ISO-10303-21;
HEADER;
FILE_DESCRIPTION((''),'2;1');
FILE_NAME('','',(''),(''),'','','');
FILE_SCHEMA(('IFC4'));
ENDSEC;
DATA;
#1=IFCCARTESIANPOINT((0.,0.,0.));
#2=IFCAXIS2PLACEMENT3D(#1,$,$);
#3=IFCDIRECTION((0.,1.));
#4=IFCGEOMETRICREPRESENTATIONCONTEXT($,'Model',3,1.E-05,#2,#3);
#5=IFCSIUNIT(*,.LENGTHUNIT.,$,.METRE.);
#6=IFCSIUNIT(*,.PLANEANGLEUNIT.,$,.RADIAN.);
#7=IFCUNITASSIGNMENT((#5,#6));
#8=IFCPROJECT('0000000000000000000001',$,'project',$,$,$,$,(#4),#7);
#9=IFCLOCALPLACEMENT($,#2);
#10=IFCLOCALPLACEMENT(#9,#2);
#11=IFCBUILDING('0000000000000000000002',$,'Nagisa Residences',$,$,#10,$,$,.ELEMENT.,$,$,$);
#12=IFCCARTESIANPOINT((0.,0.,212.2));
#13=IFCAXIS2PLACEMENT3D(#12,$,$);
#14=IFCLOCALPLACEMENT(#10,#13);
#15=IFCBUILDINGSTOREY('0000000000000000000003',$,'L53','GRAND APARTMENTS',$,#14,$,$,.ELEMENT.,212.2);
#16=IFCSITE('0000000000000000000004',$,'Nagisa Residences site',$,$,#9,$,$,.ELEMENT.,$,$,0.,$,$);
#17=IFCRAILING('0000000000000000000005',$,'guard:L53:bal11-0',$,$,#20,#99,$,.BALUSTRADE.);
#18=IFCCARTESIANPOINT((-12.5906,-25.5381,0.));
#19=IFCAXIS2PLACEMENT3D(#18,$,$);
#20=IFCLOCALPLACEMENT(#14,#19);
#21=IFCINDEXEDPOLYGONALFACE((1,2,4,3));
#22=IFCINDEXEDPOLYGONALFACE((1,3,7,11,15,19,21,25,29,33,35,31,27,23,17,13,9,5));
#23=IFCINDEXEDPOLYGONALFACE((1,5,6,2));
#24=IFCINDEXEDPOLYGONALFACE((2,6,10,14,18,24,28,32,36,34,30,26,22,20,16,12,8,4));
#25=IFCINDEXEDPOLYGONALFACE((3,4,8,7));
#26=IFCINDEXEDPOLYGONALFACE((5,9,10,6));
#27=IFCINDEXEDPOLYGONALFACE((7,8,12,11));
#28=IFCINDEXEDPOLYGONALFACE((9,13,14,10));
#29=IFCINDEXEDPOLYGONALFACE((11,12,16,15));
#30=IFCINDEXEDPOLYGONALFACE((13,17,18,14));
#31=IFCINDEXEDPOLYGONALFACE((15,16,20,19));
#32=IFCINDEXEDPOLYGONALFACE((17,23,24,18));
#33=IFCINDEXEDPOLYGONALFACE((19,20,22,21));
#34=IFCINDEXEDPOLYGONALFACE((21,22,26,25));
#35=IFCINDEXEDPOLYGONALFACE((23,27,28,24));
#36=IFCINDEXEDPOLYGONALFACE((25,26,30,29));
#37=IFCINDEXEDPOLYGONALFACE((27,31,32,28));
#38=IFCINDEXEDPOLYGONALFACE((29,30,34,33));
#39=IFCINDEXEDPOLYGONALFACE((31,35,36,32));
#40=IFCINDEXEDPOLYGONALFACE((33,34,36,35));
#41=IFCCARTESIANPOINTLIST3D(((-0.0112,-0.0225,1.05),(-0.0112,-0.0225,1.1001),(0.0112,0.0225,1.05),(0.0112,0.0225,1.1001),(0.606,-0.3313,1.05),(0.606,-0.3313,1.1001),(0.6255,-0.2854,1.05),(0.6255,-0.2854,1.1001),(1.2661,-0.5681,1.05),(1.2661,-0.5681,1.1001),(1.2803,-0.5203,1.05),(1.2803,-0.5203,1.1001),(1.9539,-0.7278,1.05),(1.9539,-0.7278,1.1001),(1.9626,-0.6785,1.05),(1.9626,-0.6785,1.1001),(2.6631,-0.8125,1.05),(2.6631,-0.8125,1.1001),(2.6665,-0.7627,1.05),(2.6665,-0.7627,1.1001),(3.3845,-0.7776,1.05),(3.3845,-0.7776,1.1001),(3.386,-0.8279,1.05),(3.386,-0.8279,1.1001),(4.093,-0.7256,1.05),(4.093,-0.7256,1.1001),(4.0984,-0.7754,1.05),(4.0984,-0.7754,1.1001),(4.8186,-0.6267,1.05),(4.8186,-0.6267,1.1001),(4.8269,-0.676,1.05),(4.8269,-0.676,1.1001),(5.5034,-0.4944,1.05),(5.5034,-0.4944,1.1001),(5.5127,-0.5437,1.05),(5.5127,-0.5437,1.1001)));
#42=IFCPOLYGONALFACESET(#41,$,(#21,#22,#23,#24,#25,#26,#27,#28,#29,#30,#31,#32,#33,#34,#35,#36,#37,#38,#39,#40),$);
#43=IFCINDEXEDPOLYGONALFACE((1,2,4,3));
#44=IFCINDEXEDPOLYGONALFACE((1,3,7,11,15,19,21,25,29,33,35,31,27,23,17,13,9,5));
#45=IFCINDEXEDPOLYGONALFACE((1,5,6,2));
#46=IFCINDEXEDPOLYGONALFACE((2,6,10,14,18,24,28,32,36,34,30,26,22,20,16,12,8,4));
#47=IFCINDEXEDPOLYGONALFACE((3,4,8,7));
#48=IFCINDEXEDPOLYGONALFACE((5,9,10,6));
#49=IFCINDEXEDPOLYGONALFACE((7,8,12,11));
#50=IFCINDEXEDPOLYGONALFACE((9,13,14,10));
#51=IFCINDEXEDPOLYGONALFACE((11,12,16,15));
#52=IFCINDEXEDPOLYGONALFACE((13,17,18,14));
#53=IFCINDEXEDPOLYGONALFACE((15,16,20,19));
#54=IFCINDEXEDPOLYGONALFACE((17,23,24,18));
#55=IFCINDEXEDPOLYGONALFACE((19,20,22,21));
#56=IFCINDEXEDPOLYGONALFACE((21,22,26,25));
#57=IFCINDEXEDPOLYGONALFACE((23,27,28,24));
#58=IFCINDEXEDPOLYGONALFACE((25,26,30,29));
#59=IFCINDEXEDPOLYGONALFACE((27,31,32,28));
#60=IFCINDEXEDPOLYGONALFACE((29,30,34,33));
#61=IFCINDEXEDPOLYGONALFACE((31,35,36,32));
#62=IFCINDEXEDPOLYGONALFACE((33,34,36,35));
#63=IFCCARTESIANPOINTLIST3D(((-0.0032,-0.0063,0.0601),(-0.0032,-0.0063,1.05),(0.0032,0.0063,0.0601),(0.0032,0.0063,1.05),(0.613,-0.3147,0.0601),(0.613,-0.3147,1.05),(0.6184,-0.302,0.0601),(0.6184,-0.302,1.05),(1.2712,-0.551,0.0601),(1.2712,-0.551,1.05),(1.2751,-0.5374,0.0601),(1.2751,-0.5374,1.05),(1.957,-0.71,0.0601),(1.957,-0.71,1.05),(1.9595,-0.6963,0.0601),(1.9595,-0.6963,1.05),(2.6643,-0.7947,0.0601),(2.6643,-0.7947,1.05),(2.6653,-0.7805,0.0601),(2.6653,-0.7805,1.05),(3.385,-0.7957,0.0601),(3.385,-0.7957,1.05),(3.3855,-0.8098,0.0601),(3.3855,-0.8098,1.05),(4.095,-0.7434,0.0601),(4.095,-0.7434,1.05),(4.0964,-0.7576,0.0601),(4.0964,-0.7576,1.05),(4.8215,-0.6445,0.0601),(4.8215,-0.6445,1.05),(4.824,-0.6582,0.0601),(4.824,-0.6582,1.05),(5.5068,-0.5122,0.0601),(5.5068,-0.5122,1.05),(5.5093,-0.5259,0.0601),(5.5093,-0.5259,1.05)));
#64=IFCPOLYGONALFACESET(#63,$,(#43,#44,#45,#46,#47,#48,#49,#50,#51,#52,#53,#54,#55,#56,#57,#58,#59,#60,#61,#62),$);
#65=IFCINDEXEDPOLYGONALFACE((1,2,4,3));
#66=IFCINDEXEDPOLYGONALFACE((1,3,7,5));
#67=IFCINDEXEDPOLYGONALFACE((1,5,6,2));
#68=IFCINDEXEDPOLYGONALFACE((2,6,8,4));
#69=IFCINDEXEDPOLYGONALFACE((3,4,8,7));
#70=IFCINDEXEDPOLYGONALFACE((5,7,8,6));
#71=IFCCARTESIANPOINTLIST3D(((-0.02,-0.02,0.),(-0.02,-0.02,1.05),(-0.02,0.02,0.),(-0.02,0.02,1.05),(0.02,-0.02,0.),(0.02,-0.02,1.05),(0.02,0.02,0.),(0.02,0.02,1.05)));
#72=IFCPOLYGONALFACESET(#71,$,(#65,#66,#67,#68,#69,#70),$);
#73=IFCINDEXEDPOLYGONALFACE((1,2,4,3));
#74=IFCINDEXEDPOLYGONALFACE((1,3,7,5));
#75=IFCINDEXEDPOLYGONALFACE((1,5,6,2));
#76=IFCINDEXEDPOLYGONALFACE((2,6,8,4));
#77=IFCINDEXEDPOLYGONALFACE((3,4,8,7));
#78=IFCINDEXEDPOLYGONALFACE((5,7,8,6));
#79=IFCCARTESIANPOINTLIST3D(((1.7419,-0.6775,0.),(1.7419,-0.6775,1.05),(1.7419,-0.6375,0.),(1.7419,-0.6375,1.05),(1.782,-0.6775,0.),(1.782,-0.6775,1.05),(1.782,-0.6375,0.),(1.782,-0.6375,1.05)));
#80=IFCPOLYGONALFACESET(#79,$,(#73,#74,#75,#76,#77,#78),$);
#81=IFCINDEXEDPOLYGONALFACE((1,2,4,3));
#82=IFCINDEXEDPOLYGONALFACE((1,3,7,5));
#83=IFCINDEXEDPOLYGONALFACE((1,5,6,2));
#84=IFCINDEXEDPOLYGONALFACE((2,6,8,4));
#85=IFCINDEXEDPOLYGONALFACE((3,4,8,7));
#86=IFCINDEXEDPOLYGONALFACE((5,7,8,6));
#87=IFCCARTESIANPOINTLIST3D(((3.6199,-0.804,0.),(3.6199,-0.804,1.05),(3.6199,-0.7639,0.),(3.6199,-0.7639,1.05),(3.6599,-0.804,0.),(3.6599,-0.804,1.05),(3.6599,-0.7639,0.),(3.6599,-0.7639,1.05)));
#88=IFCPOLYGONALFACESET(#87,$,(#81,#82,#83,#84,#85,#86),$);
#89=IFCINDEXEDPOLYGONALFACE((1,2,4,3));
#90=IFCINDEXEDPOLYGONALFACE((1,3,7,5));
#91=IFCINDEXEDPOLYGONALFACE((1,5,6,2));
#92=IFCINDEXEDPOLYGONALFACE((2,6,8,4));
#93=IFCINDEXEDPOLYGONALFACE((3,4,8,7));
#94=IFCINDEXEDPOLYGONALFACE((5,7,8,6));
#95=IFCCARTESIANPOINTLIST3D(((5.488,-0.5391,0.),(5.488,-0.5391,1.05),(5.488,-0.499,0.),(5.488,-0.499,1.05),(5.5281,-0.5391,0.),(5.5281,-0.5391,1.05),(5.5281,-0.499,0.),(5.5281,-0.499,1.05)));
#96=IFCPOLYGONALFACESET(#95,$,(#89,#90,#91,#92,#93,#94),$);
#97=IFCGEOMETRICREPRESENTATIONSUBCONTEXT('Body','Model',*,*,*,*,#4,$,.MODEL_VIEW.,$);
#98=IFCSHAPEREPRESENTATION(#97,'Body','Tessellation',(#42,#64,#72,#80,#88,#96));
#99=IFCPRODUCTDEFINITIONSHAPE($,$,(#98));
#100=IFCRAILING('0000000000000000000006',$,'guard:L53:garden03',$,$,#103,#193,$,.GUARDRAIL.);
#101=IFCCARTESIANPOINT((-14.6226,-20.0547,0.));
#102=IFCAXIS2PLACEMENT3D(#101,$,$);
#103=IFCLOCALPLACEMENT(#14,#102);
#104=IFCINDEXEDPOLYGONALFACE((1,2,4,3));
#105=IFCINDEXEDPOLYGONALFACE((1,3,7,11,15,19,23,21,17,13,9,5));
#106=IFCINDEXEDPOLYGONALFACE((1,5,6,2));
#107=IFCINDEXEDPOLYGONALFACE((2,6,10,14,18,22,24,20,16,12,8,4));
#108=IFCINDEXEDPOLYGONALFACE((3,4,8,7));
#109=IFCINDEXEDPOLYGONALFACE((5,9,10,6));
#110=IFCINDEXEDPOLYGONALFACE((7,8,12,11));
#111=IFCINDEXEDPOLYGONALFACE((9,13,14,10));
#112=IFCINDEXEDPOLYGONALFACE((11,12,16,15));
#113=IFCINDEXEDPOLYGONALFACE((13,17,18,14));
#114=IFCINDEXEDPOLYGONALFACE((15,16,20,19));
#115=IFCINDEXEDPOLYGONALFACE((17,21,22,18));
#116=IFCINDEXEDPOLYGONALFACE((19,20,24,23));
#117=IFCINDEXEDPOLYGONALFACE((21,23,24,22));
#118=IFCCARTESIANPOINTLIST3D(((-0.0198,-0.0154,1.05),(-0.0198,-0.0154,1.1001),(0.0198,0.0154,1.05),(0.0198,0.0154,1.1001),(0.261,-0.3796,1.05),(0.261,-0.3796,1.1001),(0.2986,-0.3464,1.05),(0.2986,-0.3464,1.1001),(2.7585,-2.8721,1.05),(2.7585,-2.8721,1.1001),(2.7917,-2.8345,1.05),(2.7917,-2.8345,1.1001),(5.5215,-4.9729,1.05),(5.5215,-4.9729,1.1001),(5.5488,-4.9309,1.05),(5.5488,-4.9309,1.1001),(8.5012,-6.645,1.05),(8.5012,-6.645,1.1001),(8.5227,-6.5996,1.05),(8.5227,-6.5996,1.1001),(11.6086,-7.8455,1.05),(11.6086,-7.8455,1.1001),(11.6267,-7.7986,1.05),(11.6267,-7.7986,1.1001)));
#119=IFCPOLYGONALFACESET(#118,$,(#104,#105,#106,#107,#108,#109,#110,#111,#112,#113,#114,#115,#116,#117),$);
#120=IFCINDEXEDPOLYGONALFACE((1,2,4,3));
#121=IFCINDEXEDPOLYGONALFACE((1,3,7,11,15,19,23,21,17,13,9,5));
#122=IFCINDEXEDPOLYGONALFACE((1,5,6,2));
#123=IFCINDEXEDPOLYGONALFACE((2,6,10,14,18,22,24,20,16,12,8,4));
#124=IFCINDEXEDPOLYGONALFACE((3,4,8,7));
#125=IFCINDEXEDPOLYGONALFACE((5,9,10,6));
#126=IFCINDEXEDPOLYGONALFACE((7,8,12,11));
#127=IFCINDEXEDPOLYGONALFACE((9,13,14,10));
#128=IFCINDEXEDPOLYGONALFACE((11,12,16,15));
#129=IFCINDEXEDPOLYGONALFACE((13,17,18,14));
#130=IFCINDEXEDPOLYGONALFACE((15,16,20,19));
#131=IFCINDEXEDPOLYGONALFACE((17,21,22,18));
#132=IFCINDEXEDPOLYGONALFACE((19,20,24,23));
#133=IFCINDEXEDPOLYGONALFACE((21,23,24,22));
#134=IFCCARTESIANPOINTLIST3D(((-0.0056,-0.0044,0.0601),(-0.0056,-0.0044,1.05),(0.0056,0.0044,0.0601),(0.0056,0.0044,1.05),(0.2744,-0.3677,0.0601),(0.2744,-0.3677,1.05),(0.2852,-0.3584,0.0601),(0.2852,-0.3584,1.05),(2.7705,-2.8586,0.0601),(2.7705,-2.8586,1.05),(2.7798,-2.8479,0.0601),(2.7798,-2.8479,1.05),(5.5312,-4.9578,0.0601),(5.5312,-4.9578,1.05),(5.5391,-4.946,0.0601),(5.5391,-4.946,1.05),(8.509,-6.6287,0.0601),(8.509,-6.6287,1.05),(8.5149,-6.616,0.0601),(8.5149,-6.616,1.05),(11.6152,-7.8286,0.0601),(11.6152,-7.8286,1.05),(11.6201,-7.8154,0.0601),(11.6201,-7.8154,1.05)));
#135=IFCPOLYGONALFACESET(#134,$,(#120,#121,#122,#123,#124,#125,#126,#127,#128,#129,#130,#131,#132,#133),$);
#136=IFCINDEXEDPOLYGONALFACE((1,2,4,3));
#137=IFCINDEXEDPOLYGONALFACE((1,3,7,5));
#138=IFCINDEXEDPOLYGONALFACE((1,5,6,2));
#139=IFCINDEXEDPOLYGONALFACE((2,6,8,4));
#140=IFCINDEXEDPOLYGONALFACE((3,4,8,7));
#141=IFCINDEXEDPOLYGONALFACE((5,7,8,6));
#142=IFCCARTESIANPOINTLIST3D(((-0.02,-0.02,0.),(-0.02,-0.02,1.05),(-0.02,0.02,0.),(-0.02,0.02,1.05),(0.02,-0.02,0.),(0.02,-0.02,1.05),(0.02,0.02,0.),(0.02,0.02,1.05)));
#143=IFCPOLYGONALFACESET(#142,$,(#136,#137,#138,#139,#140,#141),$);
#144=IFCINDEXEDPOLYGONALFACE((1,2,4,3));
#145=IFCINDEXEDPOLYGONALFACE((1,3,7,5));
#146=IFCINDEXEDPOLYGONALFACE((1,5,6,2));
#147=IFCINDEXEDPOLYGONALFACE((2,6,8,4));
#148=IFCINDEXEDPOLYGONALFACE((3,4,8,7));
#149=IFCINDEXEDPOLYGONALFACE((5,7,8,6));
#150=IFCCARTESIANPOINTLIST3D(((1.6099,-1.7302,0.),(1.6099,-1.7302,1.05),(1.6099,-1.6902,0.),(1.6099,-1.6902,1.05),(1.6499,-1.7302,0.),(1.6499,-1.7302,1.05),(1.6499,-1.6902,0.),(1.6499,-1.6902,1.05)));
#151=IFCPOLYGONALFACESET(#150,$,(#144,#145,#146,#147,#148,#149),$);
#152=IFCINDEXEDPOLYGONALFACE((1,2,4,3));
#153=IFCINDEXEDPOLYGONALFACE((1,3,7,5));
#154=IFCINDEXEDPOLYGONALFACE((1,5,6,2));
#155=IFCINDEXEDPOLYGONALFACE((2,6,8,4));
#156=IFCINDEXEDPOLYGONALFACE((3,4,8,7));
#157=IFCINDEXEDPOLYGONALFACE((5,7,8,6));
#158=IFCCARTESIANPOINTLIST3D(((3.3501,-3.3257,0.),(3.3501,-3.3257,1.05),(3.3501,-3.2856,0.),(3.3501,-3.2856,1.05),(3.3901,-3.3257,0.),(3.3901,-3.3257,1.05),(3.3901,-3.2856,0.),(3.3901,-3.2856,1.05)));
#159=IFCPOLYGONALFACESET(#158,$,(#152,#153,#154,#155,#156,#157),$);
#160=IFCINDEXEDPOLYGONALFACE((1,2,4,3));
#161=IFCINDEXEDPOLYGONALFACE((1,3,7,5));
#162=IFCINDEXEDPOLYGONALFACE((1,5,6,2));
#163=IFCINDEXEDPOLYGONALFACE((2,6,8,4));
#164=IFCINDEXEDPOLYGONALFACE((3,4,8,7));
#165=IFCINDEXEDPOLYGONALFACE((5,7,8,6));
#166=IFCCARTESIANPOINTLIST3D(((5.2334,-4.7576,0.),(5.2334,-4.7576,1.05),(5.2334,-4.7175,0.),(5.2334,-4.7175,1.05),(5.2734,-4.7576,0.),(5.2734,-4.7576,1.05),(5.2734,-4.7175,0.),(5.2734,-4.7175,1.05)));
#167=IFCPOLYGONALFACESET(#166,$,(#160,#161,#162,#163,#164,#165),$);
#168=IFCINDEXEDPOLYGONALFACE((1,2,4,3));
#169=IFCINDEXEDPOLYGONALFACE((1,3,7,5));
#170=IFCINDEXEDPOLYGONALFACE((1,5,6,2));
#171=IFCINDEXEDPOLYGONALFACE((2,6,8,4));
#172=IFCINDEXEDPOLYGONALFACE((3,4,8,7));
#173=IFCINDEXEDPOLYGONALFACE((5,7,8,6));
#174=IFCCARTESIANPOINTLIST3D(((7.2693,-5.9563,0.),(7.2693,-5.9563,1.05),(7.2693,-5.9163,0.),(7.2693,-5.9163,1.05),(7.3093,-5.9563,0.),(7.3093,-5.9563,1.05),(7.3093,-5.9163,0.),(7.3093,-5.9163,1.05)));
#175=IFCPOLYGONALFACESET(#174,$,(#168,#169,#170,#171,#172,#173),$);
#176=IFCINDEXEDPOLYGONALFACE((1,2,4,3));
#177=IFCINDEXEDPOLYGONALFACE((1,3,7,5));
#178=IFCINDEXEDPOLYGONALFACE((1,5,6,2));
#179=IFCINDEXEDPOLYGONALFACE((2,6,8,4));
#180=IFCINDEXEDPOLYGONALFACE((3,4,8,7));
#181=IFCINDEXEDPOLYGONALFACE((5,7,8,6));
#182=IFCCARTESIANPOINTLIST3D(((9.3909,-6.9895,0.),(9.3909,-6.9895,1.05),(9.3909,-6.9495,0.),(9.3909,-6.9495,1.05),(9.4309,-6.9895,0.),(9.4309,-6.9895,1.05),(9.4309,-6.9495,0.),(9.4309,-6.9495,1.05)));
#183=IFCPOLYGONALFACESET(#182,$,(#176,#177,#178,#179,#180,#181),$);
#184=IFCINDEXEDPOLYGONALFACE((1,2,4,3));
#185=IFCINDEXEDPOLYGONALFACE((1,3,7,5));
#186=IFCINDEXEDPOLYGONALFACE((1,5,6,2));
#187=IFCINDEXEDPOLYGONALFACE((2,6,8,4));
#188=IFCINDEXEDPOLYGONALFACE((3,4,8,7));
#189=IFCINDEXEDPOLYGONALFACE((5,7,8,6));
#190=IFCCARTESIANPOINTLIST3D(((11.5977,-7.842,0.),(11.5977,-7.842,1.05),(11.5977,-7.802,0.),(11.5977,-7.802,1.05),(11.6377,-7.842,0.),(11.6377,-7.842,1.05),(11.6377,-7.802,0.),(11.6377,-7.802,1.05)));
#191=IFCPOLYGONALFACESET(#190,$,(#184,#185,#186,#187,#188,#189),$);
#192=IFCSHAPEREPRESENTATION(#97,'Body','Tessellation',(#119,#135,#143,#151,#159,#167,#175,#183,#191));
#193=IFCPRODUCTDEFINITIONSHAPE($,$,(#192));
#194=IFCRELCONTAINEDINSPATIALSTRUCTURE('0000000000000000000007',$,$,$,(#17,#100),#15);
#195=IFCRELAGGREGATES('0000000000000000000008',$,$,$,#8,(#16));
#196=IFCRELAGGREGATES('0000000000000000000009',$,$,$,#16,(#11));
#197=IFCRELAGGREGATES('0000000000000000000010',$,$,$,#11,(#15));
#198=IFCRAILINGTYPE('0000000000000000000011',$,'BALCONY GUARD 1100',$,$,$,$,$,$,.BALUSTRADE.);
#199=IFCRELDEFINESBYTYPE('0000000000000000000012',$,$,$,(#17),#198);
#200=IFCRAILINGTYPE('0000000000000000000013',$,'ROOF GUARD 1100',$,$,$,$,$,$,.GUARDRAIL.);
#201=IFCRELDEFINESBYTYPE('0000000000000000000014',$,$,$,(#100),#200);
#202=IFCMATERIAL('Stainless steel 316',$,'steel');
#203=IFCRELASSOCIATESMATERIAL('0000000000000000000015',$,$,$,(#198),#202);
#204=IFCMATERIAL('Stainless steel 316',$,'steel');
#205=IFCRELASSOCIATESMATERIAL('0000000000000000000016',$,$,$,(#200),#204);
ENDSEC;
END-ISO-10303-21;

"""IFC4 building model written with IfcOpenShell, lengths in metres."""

from ifc_helpers import new_model, si_unit, direction, frame, origin, origin_2d, place, context, subcontext, project, spatial, polyline, rectangle, outline, extrude, material, type_object, element, save


model = new_model("IFC4")

# Units and contexts
model_context = context("Model", 3, precision=1e-05, world=origin(), true_north=direction((0.0, 1.0)))
body_context = subcontext(model_context, "Body", "Model", "MODEL_VIEW")
ifc_project = project(units=[si_unit("LENGTHUNIT", "METRE"), si_unit("PLANEANGLEUNIT", "RADIAN")], contexts=[model_context])

# Site, building, storey
site_placement = place(None, origin())
site = spatial("IfcSite", under=ifc_project, at=site_placement, Name="Nagisa Residences site", CompositionType="ELEMENT", RefElevation=0.0)
building_placement = place(site_placement, origin())
building = spatial("IfcBuilding", under=site, at=building_placement, Name="Nagisa Residences", CompositionType="ELEMENT")
storey_placement = place(building_placement, frame((0.0, 0.0, 212.2)))
storey = spatial("IfcBuildingStorey", under=building, at=storey_placement, Name="L53", Description="GRAND APARTMENTS", CompositionType="ELEMENT", Elevation=212.2)

# Railings
ifc_material_1 = material(Name="Stainless steel 316", Category="steel")
railing_type_1 = type_object("IfcRailingType", Name="BALCONY GUARD 1100", PredefinedType="BALUSTRADE", material=ifc_material_1)
railing_1_placement = place(storey_placement, frame((-12.5906, -25.5381, 0.0)))
element("IfcRailing", 1, at=railing_1_placement, inside=storey, type_object=railing_type_1, Name="guard:L53:bal11-0", PredefinedType="BALUSTRADE", context=body_context, shape_type="SweptSolid", body=[
    extrude(outline(polyline([(0.6255, -0.2854), (0.0112, 0.0225), (-0.0112, -0.0225), (0.606, -0.3313), (1.2661, -0.5681), (1.9539, -0.7278), (2.6631, -0.8125), (3.386, -0.8279), (4.0984, -0.7754), (4.8269, -0.676), (5.5127, -0.5437), (5.5034, -0.4944), (4.8186, -0.6267), (4.093, -0.7256), (3.3845, -0.7776), (2.6665, -0.7627), (1.9626, -0.6785), (1.2803, -0.5203), (0.6255, -0.2854)])), frame((0.0, 0.0, 1.05)), (0.0, 0.0, 1.0), 0.05),
    extrude(outline(polyline([(0.6184, -0.302), (0.0032, 0.0063), (-0.0032, -0.0063), (0.613, -0.3147), (1.2712, -0.551), (1.957, -0.71), (2.6643, -0.7947), (3.3855, -0.8098), (4.0964, -0.7576), (4.824, -0.6582), (5.5093, -0.5259), (5.5068, -0.5122), (4.8215, -0.6445), (4.095, -0.7434), (3.385, -0.7957), (2.6653, -0.7805), (1.9595, -0.6963), (1.2751, -0.5374), (0.6184, -0.302)])), frame((0.0, 0.0, 0.0601)), (0.0, 0.0, 1.0), 0.99),
    extrude(rectangle(XDim=0.04, YDim=0.04, at=origin_2d()), origin(), (0.0, 0.0, 1.0), 1.05),
    extrude(rectangle(XDim=0.04, YDim=0.04, at=origin_2d()), frame((1.762, -0.6575, 0.0)), (0.0, 0.0, 1.0), 1.05),
    extrude(rectangle(XDim=0.04, YDim=0.04, at=origin_2d()), frame((3.6399, -0.7839, 0.0)), (0.0, 0.0, 1.0), 1.05),
    extrude(rectangle(XDim=0.04, YDim=0.04, at=origin_2d()), frame((5.5081, -0.519, 0.0)), (0.0, 0.0, 1.0), 1.05),
])
ifc_material_2 = material(Name="Stainless steel 316", Category="steel")
railing_type_2 = type_object("IfcRailingType", Name="ROOF GUARD 1100", PredefinedType="GUARDRAIL", material=ifc_material_2)
railing_2_placement = place(storey_placement, frame((-14.6226, -20.0547, 0.0)))
element("IfcRailing", 2, at=railing_2_placement, inside=storey, type_object=railing_type_2, Name="guard:L53:garden03", PredefinedType="GUARDRAIL", context=body_context, shape_type="SweptSolid", body=[
    extrude(outline(polyline([(0.2986, -0.3464), (0.0198, 0.0154), (-0.0198, -0.0154), (0.261, -0.3796), (2.7585, -2.8721), (5.5215, -4.9729), (8.5012, -6.645), (11.6086, -7.8455), (11.6267, -7.7986), (8.5227, -6.5996), (5.5488, -4.9309), (2.7917, -2.8345), (0.2986, -0.3464)])), frame((0.0, 0.0, 1.05)), (0.0, 0.0, 1.0), 0.05),
    extrude(outline(polyline([(0.2852, -0.3584), (0.0056, 0.0044), (-0.0056, -0.0044), (0.2744, -0.3677), (2.7705, -2.8586), (5.5312, -4.9578), (8.509, -6.6287), (11.6152, -7.8286), (11.6201, -7.8154), (8.5149, -6.616), (5.5391, -4.946), (2.7798, -2.8479), (0.2852, -0.3584)])), frame((0.0, 0.0, 0.0601)), (0.0, 0.0, 1.0), 0.99),
    extrude(rectangle(XDim=0.04, YDim=0.04, at=origin_2d()), origin(), (0.0, 0.0, 1.0), 1.05),
    extrude(rectangle(XDim=0.04, YDim=0.04, at=origin_2d()), frame((1.6299, -1.7102, 0.0)), (0.0, 0.0, 1.0), 1.05),
    extrude(rectangle(XDim=0.04, YDim=0.04, at=origin_2d()), frame((3.3701, -3.3057, 0.0)), (0.0, 0.0, 1.0), 1.05),
    extrude(rectangle(XDim=0.04, YDim=0.04, at=origin_2d()), frame((5.2534, -4.7375, 0.0)), (0.0, 0.0, 1.0), 1.05),
    extrude(rectangle(XDim=0.04, YDim=0.04, at=origin_2d()), frame((7.2893, -5.9363, 0.0)), (0.0, 0.0, 1.0), 1.05),
    extrude(rectangle(XDim=0.04, YDim=0.04, at=origin_2d()), frame((9.4109, -6.9695, 0.0)), (0.0, 0.0, 1.0), 1.05),
    extrude(rectangle(XDim=0.04, YDim=0.04, at=origin_2d()), frame((11.6177, -7.822, 0.0)), (0.0, 0.0, 1.0), 1.05),
])

save(model, "model.ifc")
